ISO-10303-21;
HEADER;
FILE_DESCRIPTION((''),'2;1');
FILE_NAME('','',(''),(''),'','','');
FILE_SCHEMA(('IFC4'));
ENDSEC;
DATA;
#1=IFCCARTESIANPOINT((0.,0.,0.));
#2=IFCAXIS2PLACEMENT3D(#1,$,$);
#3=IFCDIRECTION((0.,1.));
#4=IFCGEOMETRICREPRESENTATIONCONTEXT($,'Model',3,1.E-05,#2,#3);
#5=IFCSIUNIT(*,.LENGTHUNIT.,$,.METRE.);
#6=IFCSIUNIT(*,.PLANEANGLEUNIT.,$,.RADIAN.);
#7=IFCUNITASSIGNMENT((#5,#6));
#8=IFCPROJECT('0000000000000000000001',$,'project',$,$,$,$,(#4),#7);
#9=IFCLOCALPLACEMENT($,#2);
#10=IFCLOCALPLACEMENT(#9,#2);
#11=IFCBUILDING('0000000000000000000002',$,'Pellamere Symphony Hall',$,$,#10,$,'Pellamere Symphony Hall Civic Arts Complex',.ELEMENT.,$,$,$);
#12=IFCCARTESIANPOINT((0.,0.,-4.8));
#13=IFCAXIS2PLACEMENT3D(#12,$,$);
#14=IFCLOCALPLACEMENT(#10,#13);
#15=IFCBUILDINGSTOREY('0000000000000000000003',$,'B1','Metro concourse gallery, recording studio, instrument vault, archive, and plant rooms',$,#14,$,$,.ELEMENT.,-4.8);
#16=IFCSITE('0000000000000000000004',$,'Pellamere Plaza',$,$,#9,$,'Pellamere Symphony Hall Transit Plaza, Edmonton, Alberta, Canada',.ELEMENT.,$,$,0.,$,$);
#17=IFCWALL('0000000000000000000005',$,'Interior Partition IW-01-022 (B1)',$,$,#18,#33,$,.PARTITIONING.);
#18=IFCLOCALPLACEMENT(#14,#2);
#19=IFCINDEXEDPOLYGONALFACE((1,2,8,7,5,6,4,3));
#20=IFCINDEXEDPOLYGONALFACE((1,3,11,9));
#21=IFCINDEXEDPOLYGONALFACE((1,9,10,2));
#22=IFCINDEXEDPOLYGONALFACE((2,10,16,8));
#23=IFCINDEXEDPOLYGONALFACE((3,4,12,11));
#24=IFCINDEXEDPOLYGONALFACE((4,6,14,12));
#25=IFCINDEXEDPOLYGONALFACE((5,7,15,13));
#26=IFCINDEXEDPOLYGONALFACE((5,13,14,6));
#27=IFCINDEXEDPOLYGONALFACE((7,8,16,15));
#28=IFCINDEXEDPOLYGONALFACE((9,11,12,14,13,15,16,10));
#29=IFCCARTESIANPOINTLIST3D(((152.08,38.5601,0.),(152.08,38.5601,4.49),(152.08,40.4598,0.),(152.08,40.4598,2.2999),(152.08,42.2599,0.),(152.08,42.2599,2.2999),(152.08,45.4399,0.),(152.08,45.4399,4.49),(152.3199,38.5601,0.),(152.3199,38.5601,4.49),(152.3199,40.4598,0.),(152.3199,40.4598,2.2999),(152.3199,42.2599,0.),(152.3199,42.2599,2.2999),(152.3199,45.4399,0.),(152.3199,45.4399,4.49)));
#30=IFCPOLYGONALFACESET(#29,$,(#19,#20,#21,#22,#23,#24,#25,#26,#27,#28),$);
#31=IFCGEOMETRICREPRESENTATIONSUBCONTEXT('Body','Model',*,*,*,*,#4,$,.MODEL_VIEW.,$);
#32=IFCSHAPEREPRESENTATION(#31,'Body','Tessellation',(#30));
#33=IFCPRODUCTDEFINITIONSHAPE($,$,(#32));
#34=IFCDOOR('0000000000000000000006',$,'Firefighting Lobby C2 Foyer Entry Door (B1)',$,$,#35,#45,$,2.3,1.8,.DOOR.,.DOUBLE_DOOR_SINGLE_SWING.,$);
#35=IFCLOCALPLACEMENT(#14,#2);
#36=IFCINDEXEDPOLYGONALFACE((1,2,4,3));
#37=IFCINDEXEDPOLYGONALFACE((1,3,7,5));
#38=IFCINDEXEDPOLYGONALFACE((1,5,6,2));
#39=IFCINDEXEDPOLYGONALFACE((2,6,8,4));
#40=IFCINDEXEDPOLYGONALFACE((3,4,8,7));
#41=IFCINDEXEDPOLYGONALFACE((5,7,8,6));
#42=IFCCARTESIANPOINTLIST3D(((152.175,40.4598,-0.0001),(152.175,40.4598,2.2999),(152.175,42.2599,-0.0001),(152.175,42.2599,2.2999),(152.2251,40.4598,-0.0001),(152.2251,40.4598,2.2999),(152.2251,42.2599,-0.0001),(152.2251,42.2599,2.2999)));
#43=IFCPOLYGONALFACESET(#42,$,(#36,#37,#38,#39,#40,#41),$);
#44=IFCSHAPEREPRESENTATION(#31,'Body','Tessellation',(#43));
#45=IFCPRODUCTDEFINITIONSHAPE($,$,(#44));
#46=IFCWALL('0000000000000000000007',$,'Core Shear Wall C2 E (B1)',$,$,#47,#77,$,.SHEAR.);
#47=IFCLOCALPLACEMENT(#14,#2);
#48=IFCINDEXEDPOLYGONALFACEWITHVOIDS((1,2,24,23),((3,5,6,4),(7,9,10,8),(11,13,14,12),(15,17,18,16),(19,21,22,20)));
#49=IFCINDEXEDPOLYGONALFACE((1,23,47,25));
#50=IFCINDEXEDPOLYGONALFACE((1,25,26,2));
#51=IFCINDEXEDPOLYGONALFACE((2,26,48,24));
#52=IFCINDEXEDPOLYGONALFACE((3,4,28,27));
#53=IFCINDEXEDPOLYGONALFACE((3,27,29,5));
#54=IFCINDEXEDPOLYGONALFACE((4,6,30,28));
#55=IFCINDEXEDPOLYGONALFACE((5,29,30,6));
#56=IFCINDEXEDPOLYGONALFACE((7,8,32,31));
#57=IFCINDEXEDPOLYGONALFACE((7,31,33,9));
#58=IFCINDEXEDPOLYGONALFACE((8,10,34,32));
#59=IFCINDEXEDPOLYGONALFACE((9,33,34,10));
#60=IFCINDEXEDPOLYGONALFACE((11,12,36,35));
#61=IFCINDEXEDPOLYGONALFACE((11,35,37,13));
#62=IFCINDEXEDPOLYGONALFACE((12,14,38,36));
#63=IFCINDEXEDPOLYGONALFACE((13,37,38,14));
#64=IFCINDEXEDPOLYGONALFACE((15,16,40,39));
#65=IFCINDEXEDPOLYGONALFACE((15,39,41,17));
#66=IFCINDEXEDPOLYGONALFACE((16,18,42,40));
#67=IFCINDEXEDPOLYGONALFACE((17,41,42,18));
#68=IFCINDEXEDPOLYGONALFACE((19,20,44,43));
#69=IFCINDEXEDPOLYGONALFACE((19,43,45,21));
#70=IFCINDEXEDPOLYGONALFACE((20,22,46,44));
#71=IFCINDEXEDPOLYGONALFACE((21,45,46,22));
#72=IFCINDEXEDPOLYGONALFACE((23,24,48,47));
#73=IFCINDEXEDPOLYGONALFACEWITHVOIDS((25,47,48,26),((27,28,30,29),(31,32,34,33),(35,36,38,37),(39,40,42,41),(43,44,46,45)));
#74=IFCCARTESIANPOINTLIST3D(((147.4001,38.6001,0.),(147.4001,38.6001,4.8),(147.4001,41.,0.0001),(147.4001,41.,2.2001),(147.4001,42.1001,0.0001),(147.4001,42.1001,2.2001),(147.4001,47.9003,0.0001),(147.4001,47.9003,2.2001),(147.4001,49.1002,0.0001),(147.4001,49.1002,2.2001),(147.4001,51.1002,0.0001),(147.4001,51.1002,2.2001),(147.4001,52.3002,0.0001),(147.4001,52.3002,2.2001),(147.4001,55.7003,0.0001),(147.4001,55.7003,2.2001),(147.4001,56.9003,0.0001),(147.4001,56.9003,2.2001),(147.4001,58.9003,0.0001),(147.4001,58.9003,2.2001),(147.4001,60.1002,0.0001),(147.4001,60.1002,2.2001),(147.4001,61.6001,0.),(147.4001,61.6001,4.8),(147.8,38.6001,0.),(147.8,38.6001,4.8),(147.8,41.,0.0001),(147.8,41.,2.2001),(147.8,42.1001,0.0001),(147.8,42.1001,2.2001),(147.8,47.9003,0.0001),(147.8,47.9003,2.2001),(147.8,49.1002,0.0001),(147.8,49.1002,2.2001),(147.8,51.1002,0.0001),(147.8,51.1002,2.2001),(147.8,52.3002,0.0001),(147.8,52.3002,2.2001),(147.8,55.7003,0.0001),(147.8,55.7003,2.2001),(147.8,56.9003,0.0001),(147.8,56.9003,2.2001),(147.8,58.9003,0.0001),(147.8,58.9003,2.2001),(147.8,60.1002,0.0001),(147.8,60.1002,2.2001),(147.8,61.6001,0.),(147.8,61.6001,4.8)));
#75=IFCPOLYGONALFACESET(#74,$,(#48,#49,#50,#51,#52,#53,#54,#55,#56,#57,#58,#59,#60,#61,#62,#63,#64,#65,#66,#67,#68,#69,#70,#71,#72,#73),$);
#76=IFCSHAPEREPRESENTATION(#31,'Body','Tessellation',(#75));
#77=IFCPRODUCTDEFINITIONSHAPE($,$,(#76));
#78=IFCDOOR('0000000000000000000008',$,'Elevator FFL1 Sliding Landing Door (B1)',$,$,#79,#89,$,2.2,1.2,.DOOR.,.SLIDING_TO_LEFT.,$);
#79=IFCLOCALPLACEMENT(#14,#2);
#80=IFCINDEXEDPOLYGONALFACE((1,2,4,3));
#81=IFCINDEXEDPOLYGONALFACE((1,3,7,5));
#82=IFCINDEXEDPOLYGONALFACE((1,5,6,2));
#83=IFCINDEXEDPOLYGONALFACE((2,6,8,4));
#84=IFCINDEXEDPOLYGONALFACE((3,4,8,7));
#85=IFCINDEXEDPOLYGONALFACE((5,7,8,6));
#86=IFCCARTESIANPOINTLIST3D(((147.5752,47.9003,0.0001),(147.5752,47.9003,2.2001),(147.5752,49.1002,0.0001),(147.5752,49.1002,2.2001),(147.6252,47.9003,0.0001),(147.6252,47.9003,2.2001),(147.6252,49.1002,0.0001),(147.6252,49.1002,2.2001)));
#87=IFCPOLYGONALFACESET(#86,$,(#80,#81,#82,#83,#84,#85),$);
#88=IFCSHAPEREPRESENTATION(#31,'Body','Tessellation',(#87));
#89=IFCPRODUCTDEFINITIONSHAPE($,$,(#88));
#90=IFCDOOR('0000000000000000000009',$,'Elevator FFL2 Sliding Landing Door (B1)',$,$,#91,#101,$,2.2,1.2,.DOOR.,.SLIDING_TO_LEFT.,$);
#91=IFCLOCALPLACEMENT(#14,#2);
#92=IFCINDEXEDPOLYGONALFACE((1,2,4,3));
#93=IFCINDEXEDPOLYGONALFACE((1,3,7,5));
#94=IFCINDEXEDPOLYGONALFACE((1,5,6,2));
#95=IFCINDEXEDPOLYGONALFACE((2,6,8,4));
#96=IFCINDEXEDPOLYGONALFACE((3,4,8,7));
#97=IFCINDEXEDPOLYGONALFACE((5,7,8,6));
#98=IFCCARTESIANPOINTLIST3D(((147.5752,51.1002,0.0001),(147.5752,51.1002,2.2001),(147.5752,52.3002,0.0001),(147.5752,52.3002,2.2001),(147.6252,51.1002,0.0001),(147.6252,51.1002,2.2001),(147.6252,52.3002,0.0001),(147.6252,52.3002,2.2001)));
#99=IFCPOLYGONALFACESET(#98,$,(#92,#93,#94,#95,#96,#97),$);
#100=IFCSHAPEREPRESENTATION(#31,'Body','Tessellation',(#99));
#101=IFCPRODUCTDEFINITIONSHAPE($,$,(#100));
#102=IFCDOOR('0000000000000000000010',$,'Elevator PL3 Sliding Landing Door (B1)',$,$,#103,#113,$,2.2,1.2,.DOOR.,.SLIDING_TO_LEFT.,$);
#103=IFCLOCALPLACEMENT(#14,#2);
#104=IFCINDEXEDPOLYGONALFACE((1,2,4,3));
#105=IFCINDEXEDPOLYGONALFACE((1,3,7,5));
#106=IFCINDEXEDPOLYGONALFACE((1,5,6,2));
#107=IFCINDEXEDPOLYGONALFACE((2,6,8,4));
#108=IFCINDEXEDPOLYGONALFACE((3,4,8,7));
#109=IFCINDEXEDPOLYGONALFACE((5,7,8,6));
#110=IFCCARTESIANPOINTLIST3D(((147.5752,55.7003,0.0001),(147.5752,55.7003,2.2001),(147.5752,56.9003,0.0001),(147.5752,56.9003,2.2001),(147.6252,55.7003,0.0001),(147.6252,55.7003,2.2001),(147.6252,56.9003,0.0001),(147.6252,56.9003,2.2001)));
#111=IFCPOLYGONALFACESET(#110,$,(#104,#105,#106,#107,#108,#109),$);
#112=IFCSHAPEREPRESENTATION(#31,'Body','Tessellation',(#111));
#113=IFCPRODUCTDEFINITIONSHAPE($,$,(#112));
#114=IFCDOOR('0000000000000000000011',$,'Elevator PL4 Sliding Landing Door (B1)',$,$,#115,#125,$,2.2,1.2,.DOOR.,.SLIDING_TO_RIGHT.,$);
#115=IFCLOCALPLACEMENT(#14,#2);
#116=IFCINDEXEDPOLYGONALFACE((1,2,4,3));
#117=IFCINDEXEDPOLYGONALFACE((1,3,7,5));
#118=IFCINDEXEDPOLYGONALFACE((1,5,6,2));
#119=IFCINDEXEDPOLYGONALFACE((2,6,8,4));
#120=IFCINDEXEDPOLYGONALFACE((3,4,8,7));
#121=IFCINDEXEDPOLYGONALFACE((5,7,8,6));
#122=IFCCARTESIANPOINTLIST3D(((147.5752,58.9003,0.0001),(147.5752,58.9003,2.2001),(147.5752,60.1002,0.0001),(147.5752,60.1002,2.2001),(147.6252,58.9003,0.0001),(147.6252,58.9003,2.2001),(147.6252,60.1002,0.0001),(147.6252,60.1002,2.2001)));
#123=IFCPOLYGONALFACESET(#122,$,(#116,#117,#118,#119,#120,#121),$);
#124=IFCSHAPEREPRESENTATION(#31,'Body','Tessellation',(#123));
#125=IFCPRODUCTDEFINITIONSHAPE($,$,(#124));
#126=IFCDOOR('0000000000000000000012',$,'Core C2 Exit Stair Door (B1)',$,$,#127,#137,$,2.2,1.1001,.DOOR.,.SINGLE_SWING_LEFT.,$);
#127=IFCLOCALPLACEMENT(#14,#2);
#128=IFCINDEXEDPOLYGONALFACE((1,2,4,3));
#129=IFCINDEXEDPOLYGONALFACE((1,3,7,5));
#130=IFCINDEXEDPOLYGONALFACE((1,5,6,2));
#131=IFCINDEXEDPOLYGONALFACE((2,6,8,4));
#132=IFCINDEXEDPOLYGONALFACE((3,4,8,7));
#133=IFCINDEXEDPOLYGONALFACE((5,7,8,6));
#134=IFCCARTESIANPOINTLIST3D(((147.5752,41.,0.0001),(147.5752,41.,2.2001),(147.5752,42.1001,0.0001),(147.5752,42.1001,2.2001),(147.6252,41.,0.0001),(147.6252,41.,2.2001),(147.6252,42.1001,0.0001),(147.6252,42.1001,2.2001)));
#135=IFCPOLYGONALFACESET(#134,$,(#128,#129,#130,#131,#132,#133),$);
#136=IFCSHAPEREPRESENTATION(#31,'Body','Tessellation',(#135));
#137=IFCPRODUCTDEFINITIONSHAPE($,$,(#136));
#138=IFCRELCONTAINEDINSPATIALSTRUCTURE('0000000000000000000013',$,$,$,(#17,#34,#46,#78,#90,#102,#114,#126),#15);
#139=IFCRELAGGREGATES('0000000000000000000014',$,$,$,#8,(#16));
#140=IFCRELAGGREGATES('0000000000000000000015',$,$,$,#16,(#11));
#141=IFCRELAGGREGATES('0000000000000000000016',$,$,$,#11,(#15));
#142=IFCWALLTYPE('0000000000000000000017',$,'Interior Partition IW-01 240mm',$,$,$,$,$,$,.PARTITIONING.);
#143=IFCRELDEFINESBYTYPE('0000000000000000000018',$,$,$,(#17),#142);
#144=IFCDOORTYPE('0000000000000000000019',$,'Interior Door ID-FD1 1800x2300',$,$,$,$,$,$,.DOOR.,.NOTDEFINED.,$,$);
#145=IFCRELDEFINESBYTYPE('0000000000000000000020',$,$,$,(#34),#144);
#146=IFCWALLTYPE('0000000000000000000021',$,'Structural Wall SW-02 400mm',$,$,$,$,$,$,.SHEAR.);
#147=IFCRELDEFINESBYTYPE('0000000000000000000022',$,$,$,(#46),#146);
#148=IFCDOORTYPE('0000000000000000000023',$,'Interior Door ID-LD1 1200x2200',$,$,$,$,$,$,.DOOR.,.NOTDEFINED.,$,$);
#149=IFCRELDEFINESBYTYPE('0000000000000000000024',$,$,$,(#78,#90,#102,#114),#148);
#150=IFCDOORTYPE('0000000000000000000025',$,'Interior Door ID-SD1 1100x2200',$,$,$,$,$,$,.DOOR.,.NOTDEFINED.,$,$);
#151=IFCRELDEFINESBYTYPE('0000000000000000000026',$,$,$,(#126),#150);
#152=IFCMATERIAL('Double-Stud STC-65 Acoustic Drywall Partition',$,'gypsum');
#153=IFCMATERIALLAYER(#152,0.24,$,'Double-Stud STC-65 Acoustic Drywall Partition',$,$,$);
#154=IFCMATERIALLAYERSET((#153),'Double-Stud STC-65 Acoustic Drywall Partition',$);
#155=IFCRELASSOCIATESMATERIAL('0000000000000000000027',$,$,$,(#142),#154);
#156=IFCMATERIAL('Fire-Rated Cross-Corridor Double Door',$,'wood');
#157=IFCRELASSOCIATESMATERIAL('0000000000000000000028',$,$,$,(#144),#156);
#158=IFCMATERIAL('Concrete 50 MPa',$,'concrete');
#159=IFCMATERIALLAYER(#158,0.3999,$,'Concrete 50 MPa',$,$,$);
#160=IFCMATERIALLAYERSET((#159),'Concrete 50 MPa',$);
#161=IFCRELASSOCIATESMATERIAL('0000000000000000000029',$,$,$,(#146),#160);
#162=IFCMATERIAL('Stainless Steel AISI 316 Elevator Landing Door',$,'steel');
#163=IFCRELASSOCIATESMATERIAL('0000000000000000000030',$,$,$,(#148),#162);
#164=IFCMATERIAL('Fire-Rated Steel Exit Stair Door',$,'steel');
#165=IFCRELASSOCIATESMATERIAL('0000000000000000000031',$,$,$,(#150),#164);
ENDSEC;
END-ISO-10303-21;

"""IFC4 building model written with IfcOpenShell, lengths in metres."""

from ifc_helpers import new_model, si_unit, direction, frame, frame_2d, origin, place, context, subcontext, project, spatial, rectangle, extrude, material, layer, layer_set, type_object, element, fill, save


model = new_model("IFC4")

# Units and contexts
model_context = context("Model", 3, precision=1e-05, world=origin(), true_north=direction((0.0, 1.0)))
body_context = subcontext(model_context, "Body", "Model", "MODEL_VIEW")
ifc_project = project(units=[si_unit("LENGTHUNIT", "METRE"), si_unit("PLANEANGLEUNIT", "RADIAN")], contexts=[model_context])

# Site, building, storey
site_placement = place(None, origin())
site = spatial("IfcSite", under=ifc_project, at=site_placement, Name="Pellamere Plaza", LongName="Pellamere Symphony Hall Transit Plaza, Edmonton, Alberta, Canada", CompositionType="ELEMENT", RefElevation=0.0)
building_placement = place(site_placement, origin())
building = spatial("IfcBuilding", under=site, at=building_placement, Name="Pellamere Symphony Hall", LongName="Pellamere Symphony Hall Civic Arts Complex", CompositionType="ELEMENT")
storey_placement = place(building_placement, frame((0.0, 0.0, -4.8)))
storey = spatial("IfcBuildingStorey", under=building, at=storey_placement, Name="B1", Description="Metro concourse gallery, recording studio, instrument vault, archive, and plant rooms", CompositionType="ELEMENT", Elevation=-4.8)

# Shared definitions
ifc_material_1 = material(Name="Double-Stud STC-65 Acoustic Drywall Partition", Category="gypsum")
ifc_layer_1 = layer(ifc_material_1, 0.24, Name="Double-Stud STC-65 Acoustic Drywall Partition")
ifc_layer_set_1 = layer_set([ifc_layer_1], Name="Double-Stud STC-65 Acoustic Drywall Partition")
wall_type_1 = type_object("IfcWallType", Name="Interior Partition IW-01 240mm", PredefinedType="PARTITIONING", material=ifc_layer_set_1)

# Wall, opening, door
wall_1_placement = place(storey_placement, frame((152.2, 38.5601, 0.0), z_axis=(0.0, 0.0, 1.0), x_axis=(0.0, 1.0, 0.0)))
wall_1 = element("IfcWall", 1, at=wall_1_placement, inside=storey, type_object=wall_type_1, Name="Interior Partition IW-01-022 (B1)", PredefinedType="PARTITIONING", context=body_context, shape_type="SweptSolid", body=[
    extrude(rectangle(XDim=6.8799, YDim=0.24, at=frame_2d((3.4399, 0.0))), origin(), (0.0, 0.0, 1.0), 4.49),
])
opening_1_placement = place(wall_1_placement, frame((1.8999, 0.0, 0.0)))
opening_1 = element("IfcOpeningElement", 2, at=opening_1_placement, cuts=wall_1, PredefinedType="OPENING", context=body_context, shape_type="SweptSolid", body=[
    extrude(rectangle(XDim=1.8, YDim=2.3, at=frame_2d((0.8999, 1.1499))), frame((0.0, 0.1299, 0.0), z_axis=(0.0, -1.0, 0.0), x_axis=(1.0, 0.0, 0.0)), (0.0, 0.0, 1.0), 0.26),
])
ifc_material_2 = material(Name="Fire-Rated Cross-Corridor Double Door", Category="wood")
door_type_1 = type_object("IfcDoorType", Name="Interior Door ID-FD1 1800x2300", OperationType="NOTDEFINED", PredefinedType="DOOR", material=ifc_material_2)
door_1_placement = place(opening_1_placement, origin())
door_1 = element("IfcDoor", 3, at=door_1_placement, inside=storey, type_object=door_type_1, Name="Firefighting Lobby C2 Foyer Entry Door (B1)", OperationType="DOUBLE_DOOR_SINGLE_SWING", OverallHeight=2.3, OverallWidth=1.8, PredefinedType="DOOR", context=body_context, shape_type="SweptSolid", body=[
    extrude(rectangle(XDim=1.8, YDim=2.3, at=frame_2d((0.8999, 1.1499))), frame((0.0, 0.0249, 0.0), z_axis=(0.0, -1.0, 0.0), x_axis=(1.0, 0.0, 0.0)), (0.0, 0.0, 1.0), 0.05),
])
fill(opening_1, door_1)

# Wall, openings, doors
ifc_material_3 = material(Name="Concrete 50 MPa", Category="concrete")
ifc_layer_2 = layer(ifc_material_3, 0.3999, Name="Concrete 50 MPa")
ifc_layer_set_2 = layer_set([ifc_layer_2], Name="Concrete 50 MPa")
wall_type_2 = type_object("IfcWallType", Name="Structural Wall SW-02 400mm", PredefinedType="SHEAR", material=ifc_layer_set_2)
wall_2_placement = place(storey_placement, frame((147.6001, 38.6001, 0.0), z_axis=(0.0, 0.0, 1.0), x_axis=(0.0, 1.0, 0.0)))
wall_2 = element("IfcWall", 4, at=wall_2_placement, inside=storey, type_object=wall_type_2, Name="Core Shear Wall C2 E (B1)", PredefinedType="SHEAR", context=body_context, shape_type="SweptSolid", body=[
    extrude(rectangle(XDim=23.0, YDim=0.3999, at=frame_2d((11.5, 0.0))), origin(), (0.0, 0.0, 1.0), 4.8),
])
opening_2_placement = place(wall_2_placement, frame((9.3, 0.0, 0.0)))
opening_2 = element("IfcOpeningElement", 5, at=opening_2_placement, cuts=wall_2, PredefinedType="OPENING", context=body_context, shape_type="SweptSolid", body=[
    extrude(rectangle(XDim=1.2, YDim=2.2, at=frame_2d((0.6001, 1.1001))), frame((0.0, 0.21, 0.0), z_axis=(0.0, -1.0, 0.0), x_axis=(1.0, 0.0, 0.0)), (0.0, 0.0, 1.0), 0.4199),
])
opening_3_placement = place(wall_2_placement, frame((12.5, 0.0, 0.0)))
opening_3 = element("IfcOpeningElement", 6, at=opening_3_placement, cuts=wall_2, PredefinedType="OPENING", context=body_context, shape_type="SweptSolid", body=[
    extrude(rectangle(XDim=1.2, YDim=2.2, at=frame_2d((0.6001, 1.1001))), frame((0.0, 0.21, 0.0), z_axis=(0.0, -1.0, 0.0), x_axis=(1.0, 0.0, 0.0)), (0.0, 0.0, 1.0), 0.4199),
])
opening_4_placement = place(wall_2_placement, frame((17.1001, 0.0, 0.0)))
opening_4 = element("IfcOpeningElement", 7, at=opening_4_placement, cuts=wall_2, PredefinedType="OPENING", context=body_context, shape_type="SweptSolid", body=[
    extrude(rectangle(XDim=1.2, YDim=2.2, at=frame_2d((0.6001, 1.1001))), frame((0.0, 0.21, 0.0), z_axis=(0.0, -1.0, 0.0), x_axis=(1.0, 0.0, 0.0)), (0.0, 0.0, 1.0), 0.4199),
])
opening_5_placement = place(wall_2_placement, frame((20.3, 0.0, 0.0)))
opening_5 = element("IfcOpeningElement", 8, at=opening_5_placement, cuts=wall_2, PredefinedType="OPENING", context=body_context, shape_type="SweptSolid", body=[
    extrude(rectangle(XDim=1.2, YDim=2.2, at=frame_2d((0.6001, 1.1001))), frame((0.0, 0.21, 0.0), z_axis=(0.0, -1.0, 0.0), x_axis=(1.0, 0.0, 0.0)), (0.0, 0.0, 1.0), 0.4199),
])
opening_6_placement = place(wall_2_placement, frame((2.3999, 0.0, 0.0)))
opening_6 = element("IfcOpeningElement", 9, at=opening_6_placement, cuts=wall_2, PredefinedType="OPENING", context=body_context, shape_type="SweptSolid", body=[
    extrude(rectangle(XDim=1.1001, YDim=2.2, at=frame_2d((0.55, 1.1001))), frame((0.0, 0.21, 0.0), z_axis=(0.0, -1.0, 0.0), x_axis=(1.0, 0.0, 0.0)), (0.0, 0.0, 1.0), 0.4199),
])
ifc_material_4 = material(Name="Stainless Steel AISI 316 Elevator Landing Door", Category="steel")
door_type_2 = type_object("IfcDoorType", Name="Interior Door ID-LD1 1200x2200", OperationType="NOTDEFINED", PredefinedType="DOOR", material=ifc_material_4)
door_2_placement = place(opening_2_placement, origin())
door_2 = element("IfcDoor", 10, at=door_2_placement, inside=storey, type_object=door_type_2, Name="Elevator FFL1 Sliding Landing Door (B1)", OperationType="SLIDING_TO_LEFT", OverallHeight=2.2, OverallWidth=1.2, PredefinedType="DOOR", context=body_context, shape_type="SweptSolid", body=[
    extrude(rectangle(XDim=1.2, YDim=2.2, at=frame_2d((0.6001, 1.1001))), frame((0.0, 0.0249, 0.0), z_axis=(0.0, -1.0, 0.0), x_axis=(1.0, 0.0, 0.0)), (0.0, 0.0, 1.0), 0.05),
])
fill(opening_2, door_2)
door_3_placement = place(opening_3_placement, origin())
door_3 = element("IfcDoor", 11, at=door_3_placement, inside=storey, type_object=door_type_2, Name="Elevator FFL2 Sliding Landing Door (B1)", OperationType="SLIDING_TO_LEFT", OverallHeight=2.2, OverallWidth=1.2, PredefinedType="DOOR", context=body_context, shape_type="SweptSolid", body=[
    extrude(rectangle(XDim=1.2, YDim=2.2, at=frame_2d((0.6001, 1.1001))), frame((0.0, 0.0249, 0.0), z_axis=(0.0, -1.0, 0.0), x_axis=(1.0, 0.0, 0.0)), (0.0, 0.0, 1.0), 0.05),
])
fill(opening_3, door_3)
door_4_placement = place(opening_4_placement, origin())
door_4 = element("IfcDoor", 12, at=door_4_placement, inside=storey, type_object=door_type_2, Name="Elevator PL3 Sliding Landing Door (B1)", OperationType="SLIDING_TO_LEFT", OverallHeight=2.2, OverallWidth=1.2, PredefinedType="DOOR", context=body_context, shape_type="SweptSolid", body=[
    extrude(rectangle(XDim=1.2, YDim=2.2, at=frame_2d((0.6001, 1.1001))), frame((0.0, 0.0249, 0.0), z_axis=(0.0, -1.0, 0.0), x_axis=(1.0, 0.0, 0.0)), (0.0, 0.0, 1.0), 0.05),
])
fill(opening_4, door_4)
door_5_placement = place(opening_5_placement, origin())
door_5 = element("IfcDoor", 13, at=door_5_placement, inside=storey, type_object=door_type_2, Name="Elevator PL4 Sliding Landing Door (B1)", OperationType="SLIDING_TO_RIGHT", OverallHeight=2.2, OverallWidth=1.2, PredefinedType="DOOR", context=body_context, shape_type="SweptSolid", body=[
    extrude(rectangle(XDim=1.2, YDim=2.2, at=frame_2d((0.6001, 1.1001))), frame((0.0, 0.0249, 0.0), z_axis=(0.0, -1.0, 0.0), x_axis=(1.0, 0.0, 0.0)), (0.0, 0.0, 1.0), 0.05),
])
fill(opening_5, door_5)
ifc_material_5 = material(Name="Fire-Rated Steel Exit Stair Door", Category="steel")
door_type_3 = type_object("IfcDoorType", Name="Interior Door ID-SD1 1100x2200", OperationType="NOTDEFINED", PredefinedType="DOOR", material=ifc_material_5)
door_6_placement = place(opening_6_placement, origin())
door_6 = element("IfcDoor", 14, at=door_6_placement, inside=storey, type_object=door_type_3, Name="Core C2 Exit Stair Door (B1)", OperationType="SINGLE_SWING_LEFT", OverallHeight=2.2, OverallWidth=1.1001, PredefinedType="DOOR", context=body_context, shape_type="SweptSolid", body=[
    extrude(rectangle(XDim=1.1001, YDim=2.2, at=frame_2d((0.55, 1.1001))), frame((0.0, 0.0249, 0.0), z_axis=(0.0, -1.0, 0.0), x_axis=(1.0, 0.0, 0.0)), (0.0, 0.0, 1.0), 0.05),
])
fill(opening_6, door_6)

save(model, "model.ifc")
